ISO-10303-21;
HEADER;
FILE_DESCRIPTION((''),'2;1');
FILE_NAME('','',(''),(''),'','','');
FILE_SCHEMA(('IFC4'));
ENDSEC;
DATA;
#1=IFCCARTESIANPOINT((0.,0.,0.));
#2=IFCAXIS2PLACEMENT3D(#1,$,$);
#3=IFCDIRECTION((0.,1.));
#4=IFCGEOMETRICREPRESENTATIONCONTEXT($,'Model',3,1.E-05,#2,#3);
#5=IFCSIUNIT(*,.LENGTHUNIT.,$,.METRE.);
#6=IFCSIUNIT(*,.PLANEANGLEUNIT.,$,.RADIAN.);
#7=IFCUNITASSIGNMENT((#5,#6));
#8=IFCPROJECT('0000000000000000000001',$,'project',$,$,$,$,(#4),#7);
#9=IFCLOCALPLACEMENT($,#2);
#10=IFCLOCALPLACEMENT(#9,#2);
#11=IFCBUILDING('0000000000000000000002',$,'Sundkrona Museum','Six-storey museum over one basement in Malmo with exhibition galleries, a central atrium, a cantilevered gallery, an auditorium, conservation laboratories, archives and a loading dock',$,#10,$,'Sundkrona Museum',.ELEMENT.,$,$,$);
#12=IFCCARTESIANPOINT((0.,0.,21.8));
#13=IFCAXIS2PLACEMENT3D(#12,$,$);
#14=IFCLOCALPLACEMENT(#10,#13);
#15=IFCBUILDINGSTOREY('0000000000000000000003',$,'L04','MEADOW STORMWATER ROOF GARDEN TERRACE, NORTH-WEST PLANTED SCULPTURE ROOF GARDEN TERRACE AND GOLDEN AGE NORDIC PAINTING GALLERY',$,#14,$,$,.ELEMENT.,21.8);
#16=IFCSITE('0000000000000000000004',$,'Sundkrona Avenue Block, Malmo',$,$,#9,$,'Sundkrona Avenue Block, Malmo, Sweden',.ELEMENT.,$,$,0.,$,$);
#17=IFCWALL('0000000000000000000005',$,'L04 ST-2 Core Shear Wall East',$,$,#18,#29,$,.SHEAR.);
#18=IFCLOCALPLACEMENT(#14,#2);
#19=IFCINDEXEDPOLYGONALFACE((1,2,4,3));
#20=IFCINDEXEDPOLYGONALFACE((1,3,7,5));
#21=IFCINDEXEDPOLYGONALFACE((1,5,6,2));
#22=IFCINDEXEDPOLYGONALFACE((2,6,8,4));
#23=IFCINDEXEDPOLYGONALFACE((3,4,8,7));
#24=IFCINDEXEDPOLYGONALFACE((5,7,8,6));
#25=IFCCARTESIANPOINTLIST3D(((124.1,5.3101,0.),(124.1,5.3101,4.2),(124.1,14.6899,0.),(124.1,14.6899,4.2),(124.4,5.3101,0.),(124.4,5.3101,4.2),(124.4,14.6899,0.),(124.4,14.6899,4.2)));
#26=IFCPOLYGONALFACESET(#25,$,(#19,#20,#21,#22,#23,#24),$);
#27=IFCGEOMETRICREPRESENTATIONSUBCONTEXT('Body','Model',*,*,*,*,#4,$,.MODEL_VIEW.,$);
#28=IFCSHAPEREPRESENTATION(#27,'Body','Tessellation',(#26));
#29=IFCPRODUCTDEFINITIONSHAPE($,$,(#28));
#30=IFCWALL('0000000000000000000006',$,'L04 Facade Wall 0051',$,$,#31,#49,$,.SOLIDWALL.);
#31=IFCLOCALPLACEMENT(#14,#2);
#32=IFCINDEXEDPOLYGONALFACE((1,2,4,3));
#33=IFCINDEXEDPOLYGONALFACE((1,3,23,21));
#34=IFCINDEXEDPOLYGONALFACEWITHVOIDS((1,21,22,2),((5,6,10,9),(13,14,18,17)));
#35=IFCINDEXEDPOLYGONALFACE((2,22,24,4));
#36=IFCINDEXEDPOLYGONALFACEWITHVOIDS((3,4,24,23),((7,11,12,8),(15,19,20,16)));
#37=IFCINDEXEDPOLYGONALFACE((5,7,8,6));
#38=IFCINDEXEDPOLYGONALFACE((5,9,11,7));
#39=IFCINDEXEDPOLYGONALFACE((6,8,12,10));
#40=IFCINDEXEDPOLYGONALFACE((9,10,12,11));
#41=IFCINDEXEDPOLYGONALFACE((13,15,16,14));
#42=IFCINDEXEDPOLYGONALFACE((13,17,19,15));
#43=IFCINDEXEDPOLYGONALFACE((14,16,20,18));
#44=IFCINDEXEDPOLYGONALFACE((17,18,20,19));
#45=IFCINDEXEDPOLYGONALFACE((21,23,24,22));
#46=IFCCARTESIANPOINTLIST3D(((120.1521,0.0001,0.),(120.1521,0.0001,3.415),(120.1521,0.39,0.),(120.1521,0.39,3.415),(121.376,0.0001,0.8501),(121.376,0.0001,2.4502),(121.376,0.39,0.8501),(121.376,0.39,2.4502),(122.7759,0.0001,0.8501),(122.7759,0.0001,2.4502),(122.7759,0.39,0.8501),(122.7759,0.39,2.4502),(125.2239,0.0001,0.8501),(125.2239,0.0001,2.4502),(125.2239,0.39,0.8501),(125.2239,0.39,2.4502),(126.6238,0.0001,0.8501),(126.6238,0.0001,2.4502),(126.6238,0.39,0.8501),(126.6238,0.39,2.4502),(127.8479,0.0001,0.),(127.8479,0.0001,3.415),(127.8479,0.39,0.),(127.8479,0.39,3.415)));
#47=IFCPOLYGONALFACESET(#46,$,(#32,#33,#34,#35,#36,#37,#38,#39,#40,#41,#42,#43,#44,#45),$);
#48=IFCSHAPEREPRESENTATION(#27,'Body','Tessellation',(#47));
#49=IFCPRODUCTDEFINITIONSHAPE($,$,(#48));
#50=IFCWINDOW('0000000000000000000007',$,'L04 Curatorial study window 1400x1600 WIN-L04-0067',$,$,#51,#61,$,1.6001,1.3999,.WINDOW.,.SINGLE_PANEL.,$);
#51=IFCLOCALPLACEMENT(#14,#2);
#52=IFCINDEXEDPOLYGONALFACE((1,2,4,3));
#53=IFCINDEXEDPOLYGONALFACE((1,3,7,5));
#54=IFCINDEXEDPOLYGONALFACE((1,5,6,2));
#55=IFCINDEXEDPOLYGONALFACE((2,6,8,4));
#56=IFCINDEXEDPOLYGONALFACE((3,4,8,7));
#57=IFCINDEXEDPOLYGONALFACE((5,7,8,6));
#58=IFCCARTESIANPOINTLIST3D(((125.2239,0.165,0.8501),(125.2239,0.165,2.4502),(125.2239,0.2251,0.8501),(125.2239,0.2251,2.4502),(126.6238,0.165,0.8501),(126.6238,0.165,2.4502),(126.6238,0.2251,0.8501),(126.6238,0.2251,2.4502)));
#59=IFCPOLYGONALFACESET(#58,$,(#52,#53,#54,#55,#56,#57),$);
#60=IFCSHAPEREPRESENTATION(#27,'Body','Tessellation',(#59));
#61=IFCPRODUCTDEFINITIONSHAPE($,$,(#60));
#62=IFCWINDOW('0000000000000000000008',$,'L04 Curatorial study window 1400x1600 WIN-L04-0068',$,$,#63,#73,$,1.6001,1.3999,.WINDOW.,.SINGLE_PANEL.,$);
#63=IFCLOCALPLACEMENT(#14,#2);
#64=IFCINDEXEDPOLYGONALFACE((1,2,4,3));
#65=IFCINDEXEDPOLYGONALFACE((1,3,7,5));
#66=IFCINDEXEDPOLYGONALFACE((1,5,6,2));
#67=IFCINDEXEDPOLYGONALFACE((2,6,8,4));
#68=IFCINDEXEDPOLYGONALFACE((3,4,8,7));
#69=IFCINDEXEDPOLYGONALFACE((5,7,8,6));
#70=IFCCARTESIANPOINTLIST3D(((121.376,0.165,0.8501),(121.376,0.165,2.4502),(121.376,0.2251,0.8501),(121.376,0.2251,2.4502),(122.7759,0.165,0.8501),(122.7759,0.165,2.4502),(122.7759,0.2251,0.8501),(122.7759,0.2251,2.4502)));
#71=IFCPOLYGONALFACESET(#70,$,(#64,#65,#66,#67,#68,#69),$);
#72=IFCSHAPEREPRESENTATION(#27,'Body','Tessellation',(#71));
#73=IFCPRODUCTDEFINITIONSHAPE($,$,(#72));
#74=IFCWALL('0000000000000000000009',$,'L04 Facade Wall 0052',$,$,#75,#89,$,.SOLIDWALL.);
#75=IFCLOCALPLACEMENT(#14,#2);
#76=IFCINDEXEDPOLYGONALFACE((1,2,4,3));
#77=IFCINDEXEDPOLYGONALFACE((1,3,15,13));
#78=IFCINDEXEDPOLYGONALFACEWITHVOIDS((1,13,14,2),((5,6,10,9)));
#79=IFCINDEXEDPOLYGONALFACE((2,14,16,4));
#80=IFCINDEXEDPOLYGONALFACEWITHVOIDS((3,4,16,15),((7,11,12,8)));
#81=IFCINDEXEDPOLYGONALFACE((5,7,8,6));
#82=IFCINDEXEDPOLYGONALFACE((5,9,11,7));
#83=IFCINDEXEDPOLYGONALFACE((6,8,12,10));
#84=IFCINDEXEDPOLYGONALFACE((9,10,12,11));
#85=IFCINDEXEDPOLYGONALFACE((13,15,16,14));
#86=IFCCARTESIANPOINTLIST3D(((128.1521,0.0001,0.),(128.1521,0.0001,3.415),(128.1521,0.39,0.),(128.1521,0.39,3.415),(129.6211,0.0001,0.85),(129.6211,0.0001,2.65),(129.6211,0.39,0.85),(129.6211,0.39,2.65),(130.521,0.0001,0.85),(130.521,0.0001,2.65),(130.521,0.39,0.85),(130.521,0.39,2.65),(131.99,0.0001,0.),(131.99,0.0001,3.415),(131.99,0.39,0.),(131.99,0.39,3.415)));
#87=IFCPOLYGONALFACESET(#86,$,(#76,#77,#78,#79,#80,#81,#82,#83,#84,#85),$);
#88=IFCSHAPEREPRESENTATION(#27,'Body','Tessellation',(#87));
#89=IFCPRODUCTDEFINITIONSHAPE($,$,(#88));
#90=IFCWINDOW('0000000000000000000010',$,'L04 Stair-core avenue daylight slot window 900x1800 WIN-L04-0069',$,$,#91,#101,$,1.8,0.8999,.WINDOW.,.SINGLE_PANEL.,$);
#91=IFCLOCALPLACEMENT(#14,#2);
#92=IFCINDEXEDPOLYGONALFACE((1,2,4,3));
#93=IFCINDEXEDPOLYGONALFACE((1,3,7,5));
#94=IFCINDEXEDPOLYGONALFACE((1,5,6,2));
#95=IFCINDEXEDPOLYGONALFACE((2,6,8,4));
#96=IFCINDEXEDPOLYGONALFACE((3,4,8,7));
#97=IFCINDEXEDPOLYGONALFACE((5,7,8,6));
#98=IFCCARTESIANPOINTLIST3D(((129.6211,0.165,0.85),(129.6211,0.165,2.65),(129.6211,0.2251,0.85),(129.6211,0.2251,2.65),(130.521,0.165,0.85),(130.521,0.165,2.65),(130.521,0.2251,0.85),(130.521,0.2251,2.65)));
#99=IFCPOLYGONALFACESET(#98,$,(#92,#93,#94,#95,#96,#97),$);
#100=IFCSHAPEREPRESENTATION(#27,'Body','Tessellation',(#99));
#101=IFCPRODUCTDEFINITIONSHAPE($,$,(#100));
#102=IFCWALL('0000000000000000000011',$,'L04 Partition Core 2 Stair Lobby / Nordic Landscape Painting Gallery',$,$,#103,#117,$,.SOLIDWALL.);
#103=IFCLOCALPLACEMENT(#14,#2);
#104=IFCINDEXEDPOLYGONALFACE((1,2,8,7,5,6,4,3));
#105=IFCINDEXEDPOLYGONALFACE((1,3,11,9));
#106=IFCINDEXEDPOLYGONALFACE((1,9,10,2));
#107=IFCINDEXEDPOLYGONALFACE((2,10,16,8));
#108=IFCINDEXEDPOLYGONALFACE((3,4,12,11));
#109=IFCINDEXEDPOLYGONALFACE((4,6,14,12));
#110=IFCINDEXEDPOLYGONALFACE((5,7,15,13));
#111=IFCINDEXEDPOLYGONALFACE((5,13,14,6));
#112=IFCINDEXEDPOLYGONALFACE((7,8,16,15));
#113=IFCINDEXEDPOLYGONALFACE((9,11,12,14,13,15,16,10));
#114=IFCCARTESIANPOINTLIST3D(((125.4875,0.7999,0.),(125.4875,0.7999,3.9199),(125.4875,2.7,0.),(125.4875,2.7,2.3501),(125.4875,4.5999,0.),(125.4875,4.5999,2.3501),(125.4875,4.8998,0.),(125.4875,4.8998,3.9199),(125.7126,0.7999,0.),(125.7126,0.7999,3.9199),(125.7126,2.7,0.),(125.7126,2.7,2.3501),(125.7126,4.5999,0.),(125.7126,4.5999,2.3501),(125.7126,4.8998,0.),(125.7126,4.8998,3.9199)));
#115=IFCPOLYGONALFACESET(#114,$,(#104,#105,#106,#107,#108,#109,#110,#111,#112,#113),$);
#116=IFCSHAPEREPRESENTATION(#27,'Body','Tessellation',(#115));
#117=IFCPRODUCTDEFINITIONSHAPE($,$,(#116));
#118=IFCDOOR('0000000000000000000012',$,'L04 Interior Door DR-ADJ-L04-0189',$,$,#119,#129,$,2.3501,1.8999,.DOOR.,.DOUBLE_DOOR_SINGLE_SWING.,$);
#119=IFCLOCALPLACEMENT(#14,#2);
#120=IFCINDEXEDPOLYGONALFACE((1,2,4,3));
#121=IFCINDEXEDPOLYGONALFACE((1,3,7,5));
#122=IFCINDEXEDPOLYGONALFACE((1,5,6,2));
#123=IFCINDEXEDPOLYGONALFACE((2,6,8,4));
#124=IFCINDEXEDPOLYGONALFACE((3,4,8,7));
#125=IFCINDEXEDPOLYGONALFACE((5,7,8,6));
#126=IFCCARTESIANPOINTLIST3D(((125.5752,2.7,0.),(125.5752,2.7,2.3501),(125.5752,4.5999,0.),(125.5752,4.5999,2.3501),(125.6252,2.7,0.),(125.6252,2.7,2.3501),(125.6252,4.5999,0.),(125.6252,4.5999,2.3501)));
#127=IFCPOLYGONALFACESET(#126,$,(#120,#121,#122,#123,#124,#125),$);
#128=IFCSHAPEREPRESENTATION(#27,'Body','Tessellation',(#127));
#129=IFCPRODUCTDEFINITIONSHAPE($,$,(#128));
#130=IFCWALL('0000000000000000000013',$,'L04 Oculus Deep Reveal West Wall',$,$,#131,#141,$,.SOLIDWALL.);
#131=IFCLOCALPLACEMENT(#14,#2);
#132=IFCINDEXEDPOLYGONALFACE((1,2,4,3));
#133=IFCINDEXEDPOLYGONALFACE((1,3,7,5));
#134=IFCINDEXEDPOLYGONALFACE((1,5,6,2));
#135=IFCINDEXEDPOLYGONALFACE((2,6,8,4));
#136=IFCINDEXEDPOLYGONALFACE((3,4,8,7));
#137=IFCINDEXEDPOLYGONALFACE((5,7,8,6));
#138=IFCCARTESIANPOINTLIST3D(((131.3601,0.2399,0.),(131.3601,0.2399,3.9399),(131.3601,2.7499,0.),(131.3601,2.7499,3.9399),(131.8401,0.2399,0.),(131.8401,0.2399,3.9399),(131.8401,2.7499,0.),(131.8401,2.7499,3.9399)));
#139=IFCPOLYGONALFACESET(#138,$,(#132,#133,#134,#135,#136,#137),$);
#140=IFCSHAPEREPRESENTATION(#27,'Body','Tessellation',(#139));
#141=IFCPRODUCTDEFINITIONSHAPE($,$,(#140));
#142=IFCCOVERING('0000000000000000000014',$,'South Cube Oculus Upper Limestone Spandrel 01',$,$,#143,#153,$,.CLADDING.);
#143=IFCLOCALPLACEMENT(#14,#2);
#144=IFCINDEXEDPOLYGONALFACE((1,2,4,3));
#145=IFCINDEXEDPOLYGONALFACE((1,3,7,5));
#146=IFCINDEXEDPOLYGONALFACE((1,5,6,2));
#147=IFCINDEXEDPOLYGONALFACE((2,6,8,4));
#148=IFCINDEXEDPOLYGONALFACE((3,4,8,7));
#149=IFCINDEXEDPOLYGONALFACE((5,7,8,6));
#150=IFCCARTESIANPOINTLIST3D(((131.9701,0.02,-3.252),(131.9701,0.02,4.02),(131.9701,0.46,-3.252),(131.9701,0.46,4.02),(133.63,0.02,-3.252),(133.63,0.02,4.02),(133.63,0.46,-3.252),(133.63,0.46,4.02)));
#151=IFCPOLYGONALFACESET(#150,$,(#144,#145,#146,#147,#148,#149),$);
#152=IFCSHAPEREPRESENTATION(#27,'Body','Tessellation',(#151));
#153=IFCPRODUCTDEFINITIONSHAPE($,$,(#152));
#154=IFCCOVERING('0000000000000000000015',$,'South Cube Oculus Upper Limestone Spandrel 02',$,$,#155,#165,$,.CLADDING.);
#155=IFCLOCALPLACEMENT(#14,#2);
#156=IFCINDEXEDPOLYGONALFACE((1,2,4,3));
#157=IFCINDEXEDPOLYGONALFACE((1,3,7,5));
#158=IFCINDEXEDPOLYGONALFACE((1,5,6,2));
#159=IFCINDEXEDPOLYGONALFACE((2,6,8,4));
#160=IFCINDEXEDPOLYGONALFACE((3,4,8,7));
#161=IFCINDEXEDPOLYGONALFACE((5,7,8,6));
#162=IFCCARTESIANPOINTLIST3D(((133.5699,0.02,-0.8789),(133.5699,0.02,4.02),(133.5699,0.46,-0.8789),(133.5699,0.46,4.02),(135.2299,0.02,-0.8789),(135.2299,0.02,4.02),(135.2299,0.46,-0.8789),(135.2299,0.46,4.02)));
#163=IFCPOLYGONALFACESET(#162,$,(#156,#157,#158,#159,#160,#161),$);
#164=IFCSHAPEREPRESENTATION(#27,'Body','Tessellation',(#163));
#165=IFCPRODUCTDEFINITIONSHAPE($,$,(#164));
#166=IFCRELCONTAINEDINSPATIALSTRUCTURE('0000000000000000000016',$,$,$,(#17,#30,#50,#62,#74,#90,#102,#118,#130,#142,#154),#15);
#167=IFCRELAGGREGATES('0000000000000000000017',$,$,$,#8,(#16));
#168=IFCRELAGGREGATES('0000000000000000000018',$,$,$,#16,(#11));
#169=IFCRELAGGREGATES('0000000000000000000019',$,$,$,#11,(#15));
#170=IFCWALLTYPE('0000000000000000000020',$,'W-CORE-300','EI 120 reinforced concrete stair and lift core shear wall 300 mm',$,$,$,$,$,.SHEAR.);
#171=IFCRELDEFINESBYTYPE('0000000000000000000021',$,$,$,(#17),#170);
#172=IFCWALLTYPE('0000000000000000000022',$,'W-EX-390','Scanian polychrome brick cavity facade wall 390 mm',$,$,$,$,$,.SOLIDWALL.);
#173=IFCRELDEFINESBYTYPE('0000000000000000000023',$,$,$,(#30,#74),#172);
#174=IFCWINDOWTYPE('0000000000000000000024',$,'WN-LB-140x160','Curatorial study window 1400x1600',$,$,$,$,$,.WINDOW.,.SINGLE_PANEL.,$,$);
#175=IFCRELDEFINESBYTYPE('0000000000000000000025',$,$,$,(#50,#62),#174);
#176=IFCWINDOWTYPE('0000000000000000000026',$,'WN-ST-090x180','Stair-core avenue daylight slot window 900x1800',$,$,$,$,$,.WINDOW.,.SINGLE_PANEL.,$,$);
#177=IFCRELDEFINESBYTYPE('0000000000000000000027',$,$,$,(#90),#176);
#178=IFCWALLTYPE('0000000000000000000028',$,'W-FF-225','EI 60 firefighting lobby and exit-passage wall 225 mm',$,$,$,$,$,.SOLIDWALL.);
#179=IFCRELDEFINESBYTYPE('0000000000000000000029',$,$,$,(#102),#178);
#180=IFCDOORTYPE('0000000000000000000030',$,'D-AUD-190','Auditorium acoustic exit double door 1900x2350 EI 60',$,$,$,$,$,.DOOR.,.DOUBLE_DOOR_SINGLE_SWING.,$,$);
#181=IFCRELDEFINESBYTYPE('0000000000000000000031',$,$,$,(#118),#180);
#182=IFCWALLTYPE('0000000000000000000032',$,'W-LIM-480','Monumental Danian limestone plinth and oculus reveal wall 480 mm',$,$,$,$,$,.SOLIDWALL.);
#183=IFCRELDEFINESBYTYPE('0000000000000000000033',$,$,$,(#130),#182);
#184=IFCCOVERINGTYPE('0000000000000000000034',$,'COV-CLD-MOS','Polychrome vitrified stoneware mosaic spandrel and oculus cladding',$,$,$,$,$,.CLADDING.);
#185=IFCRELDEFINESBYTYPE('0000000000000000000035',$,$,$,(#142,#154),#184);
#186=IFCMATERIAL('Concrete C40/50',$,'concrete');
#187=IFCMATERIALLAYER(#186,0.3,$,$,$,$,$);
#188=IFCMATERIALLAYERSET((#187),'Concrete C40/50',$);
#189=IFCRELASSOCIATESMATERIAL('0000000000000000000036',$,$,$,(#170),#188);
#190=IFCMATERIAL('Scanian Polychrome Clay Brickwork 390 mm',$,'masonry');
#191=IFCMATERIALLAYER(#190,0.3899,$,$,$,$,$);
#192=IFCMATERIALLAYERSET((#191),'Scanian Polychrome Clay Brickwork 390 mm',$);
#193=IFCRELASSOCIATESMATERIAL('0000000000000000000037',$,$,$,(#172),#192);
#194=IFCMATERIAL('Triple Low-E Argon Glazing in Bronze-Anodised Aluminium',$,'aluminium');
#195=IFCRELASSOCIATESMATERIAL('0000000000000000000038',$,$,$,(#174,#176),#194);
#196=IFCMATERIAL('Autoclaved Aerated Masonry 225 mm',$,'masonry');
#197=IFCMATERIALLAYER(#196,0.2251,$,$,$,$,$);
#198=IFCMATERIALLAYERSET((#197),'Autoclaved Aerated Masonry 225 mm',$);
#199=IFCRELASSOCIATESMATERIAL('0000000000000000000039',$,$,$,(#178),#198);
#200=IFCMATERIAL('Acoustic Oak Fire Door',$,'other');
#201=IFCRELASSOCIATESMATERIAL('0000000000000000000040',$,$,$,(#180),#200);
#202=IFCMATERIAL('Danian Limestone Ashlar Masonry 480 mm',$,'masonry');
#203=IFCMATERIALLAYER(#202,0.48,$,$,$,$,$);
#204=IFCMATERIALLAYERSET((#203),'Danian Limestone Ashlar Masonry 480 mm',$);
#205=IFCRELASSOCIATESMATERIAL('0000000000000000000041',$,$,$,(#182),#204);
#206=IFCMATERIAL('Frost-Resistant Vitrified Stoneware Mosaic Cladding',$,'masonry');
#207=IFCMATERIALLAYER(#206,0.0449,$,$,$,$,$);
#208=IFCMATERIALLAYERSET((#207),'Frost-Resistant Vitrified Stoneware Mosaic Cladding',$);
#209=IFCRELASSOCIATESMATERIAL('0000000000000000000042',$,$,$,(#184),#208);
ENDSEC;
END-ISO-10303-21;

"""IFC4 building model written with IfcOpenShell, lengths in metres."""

from ifc_helpers import new_model, si_unit, direction, frame, frame_2d, origin, origin_2d, place, context, subcontext, project, spatial, rectangle, extrude, material, layer, layer_set, type_object, element, fill, save


model = new_model("IFC4")

# Units and contexts
model_context = context("Model", 3, precision=1e-05, world=origin(), true_north=direction((0.0, 1.0)))
body_context = subcontext(model_context, "Body", "Model", "MODEL_VIEW")
ifc_project = project(units=[si_unit("LENGTHUNIT", "METRE"), si_unit("PLANEANGLEUNIT", "RADIAN")], contexts=[model_context])

# Site, building, storey
site_placement = place(None, origin())
site = spatial("IfcSite", under=ifc_project, at=site_placement, Name="Sundkrona Avenue Block, Malmo", LongName="Sundkrona Avenue Block, Malmo, Sweden", CompositionType="ELEMENT", RefElevation=0.0)
building_placement = place(site_placement, origin())
building = spatial("IfcBuilding", under=site, at=building_placement, Name="Sundkrona Museum", Description="Six-storey museum over one basement in Malmo with exhibition galleries, a central atrium, a cantilevered gallery, an auditorium, conservation laboratories, archives and a loading dock", LongName="Sundkrona Museum", CompositionType="ELEMENT")
storey_placement = place(building_placement, frame((0.0, 0.0, 21.8)))
storey = spatial("IfcBuildingStorey", under=building, at=storey_placement, Name="L04", Description="MEADOW STORMWATER ROOF GARDEN TERRACE, NORTH-WEST PLANTED SCULPTURE ROOF GARDEN TERRACE AND GOLDEN AGE NORDIC PAINTING GALLERY", CompositionType="ELEMENT", Elevation=21.8)

# Wall
ifc_material_1 = material(Name="Concrete C40/50", Category="concrete")
ifc_layer_1 = layer(ifc_material_1, 0.3)
ifc_layer_set_1 = layer_set([ifc_layer_1], Name="Concrete C40/50")
wall_type_1 = type_object("IfcWallType", Name="W-CORE-300", Description="EI 120 reinforced concrete stair and lift core shear wall 300 mm", PredefinedType="SHEAR", material=ifc_layer_set_1)
wall_1_placement = place(storey_placement, frame((124.25, 5.3101, 0.0), z_axis=(0.0, 0.0, 1.0), x_axis=(0.0, 1.0, 0.0)))
element("IfcWall", 1, at=wall_1_placement, inside=storey, type_object=wall_type_1, Name="L04 ST-2 Core Shear Wall East", PredefinedType="SHEAR", context=body_context, shape_type="SweptSolid", body=[
    extrude(rectangle(XDim=9.3799, YDim=0.3, at=frame_2d((4.6899, 0.0))), origin(), (0.0, 0.0, 1.0), 4.2),
])

# Wall, openings, windows
ifc_material_2 = material(Name="Scanian Polychrome Clay Brickwork 390 mm", Category="masonry")
ifc_layer_2 = layer(ifc_material_2, 0.3899)
ifc_layer_set_2 = layer_set([ifc_layer_2], Name="Scanian Polychrome Clay Brickwork 390 mm")
wall_type_2 = type_object("IfcWallType", Name="W-EX-390", Description="Scanian polychrome brick cavity facade wall 390 mm", PredefinedType="SOLIDWALL", material=ifc_layer_set_2)
wall_2_placement = place(storey_placement, frame((127.8479, 0.1951, 0.0), z_axis=(0.0, 0.0, 1.0), x_axis=(-1.0, 0.0, 0.0)))
wall_2 = element("IfcWall", 2, at=wall_2_placement, inside=storey, type_object=wall_type_2, Name="L04 Facade Wall 0051", PredefinedType="SOLIDWALL", context=body_context, shape_type="SweptSolid", body=[
    extrude(rectangle(XDim=7.6958, YDim=0.3899, at=frame_2d((3.8479, 0.0))), origin(), (0.0, 0.0, 1.0), 3.415),
])
opening_1_placement = place(wall_2_placement, frame((1.2241, 0.0, 0.8501)))
opening_1 = element("IfcOpeningElement", 3, at=opening_1_placement, cuts=wall_2, PredefinedType="OPENING", context=body_context, shape_type="SweptSolid", body=[
    extrude(rectangle(XDim=1.3999, YDim=1.6001, at=frame_2d((0.7, 0.8))), frame((0.0, 0.2048, 0.0), z_axis=(0.0, -1.0, 0.0), x_axis=(1.0, 0.0, 0.0)), (0.0, 0.0, 1.0), 0.4099),
])
opening_2_placement = place(wall_2_placement, frame((5.072, 0.0, 0.8501)))
opening_2 = element("IfcOpeningElement", 4, at=opening_2_placement, cuts=wall_2, PredefinedType="OPENING", context=body_context, shape_type="SweptSolid", body=[
    extrude(rectangle(XDim=1.3999, YDim=1.6001, at=frame_2d((0.7, 0.8))), frame((0.0, 0.2048, 0.0), z_axis=(0.0, -1.0, 0.0), x_axis=(1.0, 0.0, 0.0)), (0.0, 0.0, 1.0), 0.4099),
])
ifc_material_3 = material(Name="Triple Low-E Argon Glazing in Bronze-Anodised Aluminium", Category="aluminium")
window_type_1 = type_object("IfcWindowType", Name="WN-LB-140x160", Description="Curatorial study window 1400x1600", PartitioningType="SINGLE_PANEL", PredefinedType="WINDOW", material=ifc_material_3)
window_1_placement = place(opening_1_placement, origin())
window_1 = element("IfcWindow", 5, at=window_1_placement, inside=storey, type_object=window_type_1, Name="L04 Curatorial study window 1400x1600 WIN-L04-0067", OverallHeight=1.6001, OverallWidth=1.3999, PartitioningType="SINGLE_PANEL", PredefinedType="WINDOW", context=body_context, shape_type="SweptSolid", body=[
    extrude(rectangle(XDim=1.3999, YDim=1.6001, at=frame_2d((0.7, 0.8))), frame((0.0, 0.03, 0.0), z_axis=(0.0, -1.0, 0.0), x_axis=(1.0, 0.0, 0.0)), (0.0, 0.0, 1.0), 0.0601),
])
fill(opening_1, window_1)
window_2_placement = place(opening_2_placement, origin())
window_2 = element("IfcWindow", 6, at=window_2_placement, inside=storey, type_object=window_type_1, Name="L04 Curatorial study window 1400x1600 WIN-L04-0068", OverallHeight=1.6001, OverallWidth=1.3999, PartitioningType="SINGLE_PANEL", PredefinedType="WINDOW", context=body_context, shape_type="SweptSolid", body=[
    extrude(rectangle(XDim=1.3999, YDim=1.6001, at=frame_2d((0.7, 0.8))), frame((0.0, 0.03, 0.0), z_axis=(0.0, -1.0, 0.0), x_axis=(1.0, 0.0, 0.0)), (0.0, 0.0, 1.0), 0.0601),
])
fill(opening_2, window_2)

# Wall, opening, window
wall_3_placement = place(storey_placement, frame((131.99, 0.1951, 0.0), z_axis=(0.0, 0.0, 1.0), x_axis=(-1.0, 0.0, 0.0)))
wall_3 = element("IfcWall", 7, at=wall_3_placement, inside=storey, type_object=wall_type_2, Name="L04 Facade Wall 0052", PredefinedType="SOLIDWALL", context=body_context, shape_type="SweptSolid", body=[
    extrude(rectangle(XDim=3.8379, YDim=0.3899, at=frame_2d((1.9189, 0.0))), origin(), (0.0, 0.0, 1.0), 3.415),
])
opening_3_placement = place(wall_3_placement, frame((1.469, 0.0, 0.8501)))
opening_3 = element("IfcOpeningElement", 8, at=opening_3_placement, cuts=wall_3, PredefinedType="OPENING", context=body_context, shape_type="SweptSolid", body=[
    extrude(rectangle(XDim=0.8999, YDim=1.8, at=frame_2d((0.45, 0.8999))), frame((0.0, 0.2048, 0.0), z_axis=(0.0, -1.0, 0.0), x_axis=(1.0, 0.0, 0.0)), (0.0, 0.0, 1.0), 0.4099),
])
window_type_2 = type_object("IfcWindowType", Name="WN-ST-090x180", Description="Stair-core avenue daylight slot window 900x1800", PartitioningType="SINGLE_PANEL", PredefinedType="WINDOW", material=ifc_material_3)
window_3_placement = place(opening_3_placement, origin())
window_3 = element("IfcWindow", 9, at=window_3_placement, inside=storey, type_object=window_type_2, Name="L04 Stair-core avenue daylight slot window 900x1800 WIN-L04-0069", OverallHeight=1.8, OverallWidth=0.8999, PartitioningType="SINGLE_PANEL", PredefinedType="WINDOW", context=body_context, shape_type="SweptSolid", body=[
    extrude(rectangle(XDim=0.8999, YDim=1.8, at=frame_2d((0.45, 0.8999))), frame((0.0, 0.03, 0.0), z_axis=(0.0, -1.0, 0.0), x_axis=(1.0, 0.0, 0.0)), (0.0, 0.0, 1.0), 0.0601),
])
fill(opening_3, window_3)

# Wall, opening, door
ifc_material_4 = material(Name="Autoclaved Aerated Masonry 225 mm", Category="masonry")
ifc_layer_3 = layer(ifc_material_4, 0.2251)
ifc_layer_set_3 = layer_set([ifc_layer_3], Name="Autoclaved Aerated Masonry 225 mm")
wall_type_3 = type_object("IfcWallType", Name="W-FF-225", Description="EI 60 firefighting lobby and exit-passage wall 225 mm", PredefinedType="SOLIDWALL", material=ifc_layer_set_3)
wall_4_placement = place(storey_placement, frame((125.6001, 0.8, 0.0), z_axis=(0.0, 0.0, 1.0), x_axis=(0.0, 1.0, 0.0)))
wall_4 = element("IfcWall", 10, at=wall_4_placement, inside=storey, type_object=wall_type_3, Name="L04 Partition Core 2 Stair Lobby / Nordic Landscape Painting Gallery", PredefinedType="SOLIDWALL", context=body_context, shape_type="SweptSolid", body=[
    extrude(rectangle(XDim=4.0999, YDim=0.2251, at=frame_2d((2.0498, 0.0))), origin(), (0.0, 0.0, 1.0), 3.9199),
])
opening_4_placement = place(wall_4_placement, frame((1.8999, 0.0, 0.0)))
opening_4 = element("IfcOpeningElement", 11, at=opening_4_placement, cuts=wall_4, PredefinedType="OPENING", context=body_context, shape_type="SweptSolid", body=[
    extrude(rectangle(XDim=1.8999, YDim=2.3501, at=frame_2d((0.95, 1.175))), frame((0.0, 0.1226, 0.0), z_axis=(0.0, -1.0, 0.0), x_axis=(1.0, 0.0, 0.0)), (0.0, 0.0, 1.0), 0.2451),
])
ifc_material_5 = material(Name="Acoustic Oak Fire Door", Category="other")
door_type = type_object("IfcDoorType", Name="D-AUD-190", Description="Auditorium acoustic exit double door 1900x2350 EI 60", OperationType="DOUBLE_DOOR_SINGLE_SWING", PredefinedType="DOOR", material=ifc_material_5)
door_placement = place(opening_4_placement, origin())
door = element("IfcDoor", 12, at=door_placement, inside=storey, type_object=door_type, Name="L04 Interior Door DR-ADJ-L04-0189", OperationType="DOUBLE_DOOR_SINGLE_SWING", OverallHeight=2.3501, OverallWidth=1.8999, PredefinedType="DOOR", context=body_context, shape_type="SweptSolid", body=[
    extrude(rectangle(XDim=1.8999, YDim=2.3501, at=frame_2d((0.95, 1.175))), frame((0.0, 0.0249, 0.0), z_axis=(0.0, -1.0, 0.0), x_axis=(1.0, 0.0, 0.0)), (0.0, 0.0, 1.0), 0.05),
])
fill(opening_4, door)

# Wall
ifc_material_6 = material(Name="Danian Limestone Ashlar Masonry 480 mm", Category="masonry")
ifc_layer_4 = layer(ifc_material_6, 0.48)
ifc_layer_set_4 = layer_set([ifc_layer_4], Name="Danian Limestone Ashlar Masonry 480 mm")
wall_type_4 = type_object("IfcWallType", Name="W-LIM-480", Description="Monumental Danian limestone plinth and oculus reveal wall 480 mm", PredefinedType="SOLIDWALL", material=ifc_layer_set_4)
wall_5_placement = place(storey_placement, frame((131.6001, 0.24, 0.0), z_axis=(0.0, 0.0, 1.0), x_axis=(0.0, 1.0, 0.0)))
element("IfcWall", 13, at=wall_5_placement, inside=storey, type_object=wall_type_4, Name="L04 Oculus Deep Reveal West Wall", PredefinedType="SOLIDWALL", context=body_context, shape_type="SweptSolid", body=[
    extrude(rectangle(XDim=2.51, YDim=0.48, at=frame_2d((1.2549, 0.0))), origin(), (0.0, 0.0, 1.0), 3.9399),
])

# Coverings
ifc_material_7 = material(Name="Frost-Resistant Vitrified Stoneware Mosaic Cladding", Category="masonry")
ifc_layer_5 = layer(ifc_material_7, 0.0449)
ifc_layer_set_5 = layer_set([ifc_layer_5], Name="Frost-Resistant Vitrified Stoneware Mosaic Cladding")
covering_type = type_object("IfcCoveringType", Name="COV-CLD-MOS", Description="Polychrome vitrified stoneware mosaic spandrel and oculus cladding", PredefinedType="CLADDING", material=ifc_layer_set_5)
covering_1_placement = place(storey_placement, frame((132.8, 0.24, -3.252), z_axis=(0.0, 0.0, 1.0), x_axis=(1.0, 0.0, 0.0)))
element("IfcCovering", 14, at=covering_1_placement, inside=storey, type_object=covering_type, Name="South Cube Oculus Upper Limestone Spandrel 01", PredefinedType="CLADDING", context=body_context, shape_type="SweptSolid", body=[
    extrude(rectangle(XDim=1.6599, YDim=0.4399, at=origin_2d()), origin(), (0.0, 0.0, 1.0), 7.272),
])
covering_2_placement = place(storey_placement, frame((134.3999, 0.24, -0.8789), z_axis=(0.0, 0.0, 1.0), x_axis=(1.0, 0.0, 0.0)))
element("IfcCovering", 15, at=covering_2_placement, inside=storey, type_object=covering_type, Name="South Cube Oculus Upper Limestone Spandrel 02", PredefinedType="CLADDING", context=body_context, shape_type="SweptSolid", body=[
    extrude(rectangle(XDim=1.6599, YDim=0.4399, at=origin_2d()), origin(), (0.0, 0.0, 1.0), 4.8989),
])

save(model, "model.ifc")
